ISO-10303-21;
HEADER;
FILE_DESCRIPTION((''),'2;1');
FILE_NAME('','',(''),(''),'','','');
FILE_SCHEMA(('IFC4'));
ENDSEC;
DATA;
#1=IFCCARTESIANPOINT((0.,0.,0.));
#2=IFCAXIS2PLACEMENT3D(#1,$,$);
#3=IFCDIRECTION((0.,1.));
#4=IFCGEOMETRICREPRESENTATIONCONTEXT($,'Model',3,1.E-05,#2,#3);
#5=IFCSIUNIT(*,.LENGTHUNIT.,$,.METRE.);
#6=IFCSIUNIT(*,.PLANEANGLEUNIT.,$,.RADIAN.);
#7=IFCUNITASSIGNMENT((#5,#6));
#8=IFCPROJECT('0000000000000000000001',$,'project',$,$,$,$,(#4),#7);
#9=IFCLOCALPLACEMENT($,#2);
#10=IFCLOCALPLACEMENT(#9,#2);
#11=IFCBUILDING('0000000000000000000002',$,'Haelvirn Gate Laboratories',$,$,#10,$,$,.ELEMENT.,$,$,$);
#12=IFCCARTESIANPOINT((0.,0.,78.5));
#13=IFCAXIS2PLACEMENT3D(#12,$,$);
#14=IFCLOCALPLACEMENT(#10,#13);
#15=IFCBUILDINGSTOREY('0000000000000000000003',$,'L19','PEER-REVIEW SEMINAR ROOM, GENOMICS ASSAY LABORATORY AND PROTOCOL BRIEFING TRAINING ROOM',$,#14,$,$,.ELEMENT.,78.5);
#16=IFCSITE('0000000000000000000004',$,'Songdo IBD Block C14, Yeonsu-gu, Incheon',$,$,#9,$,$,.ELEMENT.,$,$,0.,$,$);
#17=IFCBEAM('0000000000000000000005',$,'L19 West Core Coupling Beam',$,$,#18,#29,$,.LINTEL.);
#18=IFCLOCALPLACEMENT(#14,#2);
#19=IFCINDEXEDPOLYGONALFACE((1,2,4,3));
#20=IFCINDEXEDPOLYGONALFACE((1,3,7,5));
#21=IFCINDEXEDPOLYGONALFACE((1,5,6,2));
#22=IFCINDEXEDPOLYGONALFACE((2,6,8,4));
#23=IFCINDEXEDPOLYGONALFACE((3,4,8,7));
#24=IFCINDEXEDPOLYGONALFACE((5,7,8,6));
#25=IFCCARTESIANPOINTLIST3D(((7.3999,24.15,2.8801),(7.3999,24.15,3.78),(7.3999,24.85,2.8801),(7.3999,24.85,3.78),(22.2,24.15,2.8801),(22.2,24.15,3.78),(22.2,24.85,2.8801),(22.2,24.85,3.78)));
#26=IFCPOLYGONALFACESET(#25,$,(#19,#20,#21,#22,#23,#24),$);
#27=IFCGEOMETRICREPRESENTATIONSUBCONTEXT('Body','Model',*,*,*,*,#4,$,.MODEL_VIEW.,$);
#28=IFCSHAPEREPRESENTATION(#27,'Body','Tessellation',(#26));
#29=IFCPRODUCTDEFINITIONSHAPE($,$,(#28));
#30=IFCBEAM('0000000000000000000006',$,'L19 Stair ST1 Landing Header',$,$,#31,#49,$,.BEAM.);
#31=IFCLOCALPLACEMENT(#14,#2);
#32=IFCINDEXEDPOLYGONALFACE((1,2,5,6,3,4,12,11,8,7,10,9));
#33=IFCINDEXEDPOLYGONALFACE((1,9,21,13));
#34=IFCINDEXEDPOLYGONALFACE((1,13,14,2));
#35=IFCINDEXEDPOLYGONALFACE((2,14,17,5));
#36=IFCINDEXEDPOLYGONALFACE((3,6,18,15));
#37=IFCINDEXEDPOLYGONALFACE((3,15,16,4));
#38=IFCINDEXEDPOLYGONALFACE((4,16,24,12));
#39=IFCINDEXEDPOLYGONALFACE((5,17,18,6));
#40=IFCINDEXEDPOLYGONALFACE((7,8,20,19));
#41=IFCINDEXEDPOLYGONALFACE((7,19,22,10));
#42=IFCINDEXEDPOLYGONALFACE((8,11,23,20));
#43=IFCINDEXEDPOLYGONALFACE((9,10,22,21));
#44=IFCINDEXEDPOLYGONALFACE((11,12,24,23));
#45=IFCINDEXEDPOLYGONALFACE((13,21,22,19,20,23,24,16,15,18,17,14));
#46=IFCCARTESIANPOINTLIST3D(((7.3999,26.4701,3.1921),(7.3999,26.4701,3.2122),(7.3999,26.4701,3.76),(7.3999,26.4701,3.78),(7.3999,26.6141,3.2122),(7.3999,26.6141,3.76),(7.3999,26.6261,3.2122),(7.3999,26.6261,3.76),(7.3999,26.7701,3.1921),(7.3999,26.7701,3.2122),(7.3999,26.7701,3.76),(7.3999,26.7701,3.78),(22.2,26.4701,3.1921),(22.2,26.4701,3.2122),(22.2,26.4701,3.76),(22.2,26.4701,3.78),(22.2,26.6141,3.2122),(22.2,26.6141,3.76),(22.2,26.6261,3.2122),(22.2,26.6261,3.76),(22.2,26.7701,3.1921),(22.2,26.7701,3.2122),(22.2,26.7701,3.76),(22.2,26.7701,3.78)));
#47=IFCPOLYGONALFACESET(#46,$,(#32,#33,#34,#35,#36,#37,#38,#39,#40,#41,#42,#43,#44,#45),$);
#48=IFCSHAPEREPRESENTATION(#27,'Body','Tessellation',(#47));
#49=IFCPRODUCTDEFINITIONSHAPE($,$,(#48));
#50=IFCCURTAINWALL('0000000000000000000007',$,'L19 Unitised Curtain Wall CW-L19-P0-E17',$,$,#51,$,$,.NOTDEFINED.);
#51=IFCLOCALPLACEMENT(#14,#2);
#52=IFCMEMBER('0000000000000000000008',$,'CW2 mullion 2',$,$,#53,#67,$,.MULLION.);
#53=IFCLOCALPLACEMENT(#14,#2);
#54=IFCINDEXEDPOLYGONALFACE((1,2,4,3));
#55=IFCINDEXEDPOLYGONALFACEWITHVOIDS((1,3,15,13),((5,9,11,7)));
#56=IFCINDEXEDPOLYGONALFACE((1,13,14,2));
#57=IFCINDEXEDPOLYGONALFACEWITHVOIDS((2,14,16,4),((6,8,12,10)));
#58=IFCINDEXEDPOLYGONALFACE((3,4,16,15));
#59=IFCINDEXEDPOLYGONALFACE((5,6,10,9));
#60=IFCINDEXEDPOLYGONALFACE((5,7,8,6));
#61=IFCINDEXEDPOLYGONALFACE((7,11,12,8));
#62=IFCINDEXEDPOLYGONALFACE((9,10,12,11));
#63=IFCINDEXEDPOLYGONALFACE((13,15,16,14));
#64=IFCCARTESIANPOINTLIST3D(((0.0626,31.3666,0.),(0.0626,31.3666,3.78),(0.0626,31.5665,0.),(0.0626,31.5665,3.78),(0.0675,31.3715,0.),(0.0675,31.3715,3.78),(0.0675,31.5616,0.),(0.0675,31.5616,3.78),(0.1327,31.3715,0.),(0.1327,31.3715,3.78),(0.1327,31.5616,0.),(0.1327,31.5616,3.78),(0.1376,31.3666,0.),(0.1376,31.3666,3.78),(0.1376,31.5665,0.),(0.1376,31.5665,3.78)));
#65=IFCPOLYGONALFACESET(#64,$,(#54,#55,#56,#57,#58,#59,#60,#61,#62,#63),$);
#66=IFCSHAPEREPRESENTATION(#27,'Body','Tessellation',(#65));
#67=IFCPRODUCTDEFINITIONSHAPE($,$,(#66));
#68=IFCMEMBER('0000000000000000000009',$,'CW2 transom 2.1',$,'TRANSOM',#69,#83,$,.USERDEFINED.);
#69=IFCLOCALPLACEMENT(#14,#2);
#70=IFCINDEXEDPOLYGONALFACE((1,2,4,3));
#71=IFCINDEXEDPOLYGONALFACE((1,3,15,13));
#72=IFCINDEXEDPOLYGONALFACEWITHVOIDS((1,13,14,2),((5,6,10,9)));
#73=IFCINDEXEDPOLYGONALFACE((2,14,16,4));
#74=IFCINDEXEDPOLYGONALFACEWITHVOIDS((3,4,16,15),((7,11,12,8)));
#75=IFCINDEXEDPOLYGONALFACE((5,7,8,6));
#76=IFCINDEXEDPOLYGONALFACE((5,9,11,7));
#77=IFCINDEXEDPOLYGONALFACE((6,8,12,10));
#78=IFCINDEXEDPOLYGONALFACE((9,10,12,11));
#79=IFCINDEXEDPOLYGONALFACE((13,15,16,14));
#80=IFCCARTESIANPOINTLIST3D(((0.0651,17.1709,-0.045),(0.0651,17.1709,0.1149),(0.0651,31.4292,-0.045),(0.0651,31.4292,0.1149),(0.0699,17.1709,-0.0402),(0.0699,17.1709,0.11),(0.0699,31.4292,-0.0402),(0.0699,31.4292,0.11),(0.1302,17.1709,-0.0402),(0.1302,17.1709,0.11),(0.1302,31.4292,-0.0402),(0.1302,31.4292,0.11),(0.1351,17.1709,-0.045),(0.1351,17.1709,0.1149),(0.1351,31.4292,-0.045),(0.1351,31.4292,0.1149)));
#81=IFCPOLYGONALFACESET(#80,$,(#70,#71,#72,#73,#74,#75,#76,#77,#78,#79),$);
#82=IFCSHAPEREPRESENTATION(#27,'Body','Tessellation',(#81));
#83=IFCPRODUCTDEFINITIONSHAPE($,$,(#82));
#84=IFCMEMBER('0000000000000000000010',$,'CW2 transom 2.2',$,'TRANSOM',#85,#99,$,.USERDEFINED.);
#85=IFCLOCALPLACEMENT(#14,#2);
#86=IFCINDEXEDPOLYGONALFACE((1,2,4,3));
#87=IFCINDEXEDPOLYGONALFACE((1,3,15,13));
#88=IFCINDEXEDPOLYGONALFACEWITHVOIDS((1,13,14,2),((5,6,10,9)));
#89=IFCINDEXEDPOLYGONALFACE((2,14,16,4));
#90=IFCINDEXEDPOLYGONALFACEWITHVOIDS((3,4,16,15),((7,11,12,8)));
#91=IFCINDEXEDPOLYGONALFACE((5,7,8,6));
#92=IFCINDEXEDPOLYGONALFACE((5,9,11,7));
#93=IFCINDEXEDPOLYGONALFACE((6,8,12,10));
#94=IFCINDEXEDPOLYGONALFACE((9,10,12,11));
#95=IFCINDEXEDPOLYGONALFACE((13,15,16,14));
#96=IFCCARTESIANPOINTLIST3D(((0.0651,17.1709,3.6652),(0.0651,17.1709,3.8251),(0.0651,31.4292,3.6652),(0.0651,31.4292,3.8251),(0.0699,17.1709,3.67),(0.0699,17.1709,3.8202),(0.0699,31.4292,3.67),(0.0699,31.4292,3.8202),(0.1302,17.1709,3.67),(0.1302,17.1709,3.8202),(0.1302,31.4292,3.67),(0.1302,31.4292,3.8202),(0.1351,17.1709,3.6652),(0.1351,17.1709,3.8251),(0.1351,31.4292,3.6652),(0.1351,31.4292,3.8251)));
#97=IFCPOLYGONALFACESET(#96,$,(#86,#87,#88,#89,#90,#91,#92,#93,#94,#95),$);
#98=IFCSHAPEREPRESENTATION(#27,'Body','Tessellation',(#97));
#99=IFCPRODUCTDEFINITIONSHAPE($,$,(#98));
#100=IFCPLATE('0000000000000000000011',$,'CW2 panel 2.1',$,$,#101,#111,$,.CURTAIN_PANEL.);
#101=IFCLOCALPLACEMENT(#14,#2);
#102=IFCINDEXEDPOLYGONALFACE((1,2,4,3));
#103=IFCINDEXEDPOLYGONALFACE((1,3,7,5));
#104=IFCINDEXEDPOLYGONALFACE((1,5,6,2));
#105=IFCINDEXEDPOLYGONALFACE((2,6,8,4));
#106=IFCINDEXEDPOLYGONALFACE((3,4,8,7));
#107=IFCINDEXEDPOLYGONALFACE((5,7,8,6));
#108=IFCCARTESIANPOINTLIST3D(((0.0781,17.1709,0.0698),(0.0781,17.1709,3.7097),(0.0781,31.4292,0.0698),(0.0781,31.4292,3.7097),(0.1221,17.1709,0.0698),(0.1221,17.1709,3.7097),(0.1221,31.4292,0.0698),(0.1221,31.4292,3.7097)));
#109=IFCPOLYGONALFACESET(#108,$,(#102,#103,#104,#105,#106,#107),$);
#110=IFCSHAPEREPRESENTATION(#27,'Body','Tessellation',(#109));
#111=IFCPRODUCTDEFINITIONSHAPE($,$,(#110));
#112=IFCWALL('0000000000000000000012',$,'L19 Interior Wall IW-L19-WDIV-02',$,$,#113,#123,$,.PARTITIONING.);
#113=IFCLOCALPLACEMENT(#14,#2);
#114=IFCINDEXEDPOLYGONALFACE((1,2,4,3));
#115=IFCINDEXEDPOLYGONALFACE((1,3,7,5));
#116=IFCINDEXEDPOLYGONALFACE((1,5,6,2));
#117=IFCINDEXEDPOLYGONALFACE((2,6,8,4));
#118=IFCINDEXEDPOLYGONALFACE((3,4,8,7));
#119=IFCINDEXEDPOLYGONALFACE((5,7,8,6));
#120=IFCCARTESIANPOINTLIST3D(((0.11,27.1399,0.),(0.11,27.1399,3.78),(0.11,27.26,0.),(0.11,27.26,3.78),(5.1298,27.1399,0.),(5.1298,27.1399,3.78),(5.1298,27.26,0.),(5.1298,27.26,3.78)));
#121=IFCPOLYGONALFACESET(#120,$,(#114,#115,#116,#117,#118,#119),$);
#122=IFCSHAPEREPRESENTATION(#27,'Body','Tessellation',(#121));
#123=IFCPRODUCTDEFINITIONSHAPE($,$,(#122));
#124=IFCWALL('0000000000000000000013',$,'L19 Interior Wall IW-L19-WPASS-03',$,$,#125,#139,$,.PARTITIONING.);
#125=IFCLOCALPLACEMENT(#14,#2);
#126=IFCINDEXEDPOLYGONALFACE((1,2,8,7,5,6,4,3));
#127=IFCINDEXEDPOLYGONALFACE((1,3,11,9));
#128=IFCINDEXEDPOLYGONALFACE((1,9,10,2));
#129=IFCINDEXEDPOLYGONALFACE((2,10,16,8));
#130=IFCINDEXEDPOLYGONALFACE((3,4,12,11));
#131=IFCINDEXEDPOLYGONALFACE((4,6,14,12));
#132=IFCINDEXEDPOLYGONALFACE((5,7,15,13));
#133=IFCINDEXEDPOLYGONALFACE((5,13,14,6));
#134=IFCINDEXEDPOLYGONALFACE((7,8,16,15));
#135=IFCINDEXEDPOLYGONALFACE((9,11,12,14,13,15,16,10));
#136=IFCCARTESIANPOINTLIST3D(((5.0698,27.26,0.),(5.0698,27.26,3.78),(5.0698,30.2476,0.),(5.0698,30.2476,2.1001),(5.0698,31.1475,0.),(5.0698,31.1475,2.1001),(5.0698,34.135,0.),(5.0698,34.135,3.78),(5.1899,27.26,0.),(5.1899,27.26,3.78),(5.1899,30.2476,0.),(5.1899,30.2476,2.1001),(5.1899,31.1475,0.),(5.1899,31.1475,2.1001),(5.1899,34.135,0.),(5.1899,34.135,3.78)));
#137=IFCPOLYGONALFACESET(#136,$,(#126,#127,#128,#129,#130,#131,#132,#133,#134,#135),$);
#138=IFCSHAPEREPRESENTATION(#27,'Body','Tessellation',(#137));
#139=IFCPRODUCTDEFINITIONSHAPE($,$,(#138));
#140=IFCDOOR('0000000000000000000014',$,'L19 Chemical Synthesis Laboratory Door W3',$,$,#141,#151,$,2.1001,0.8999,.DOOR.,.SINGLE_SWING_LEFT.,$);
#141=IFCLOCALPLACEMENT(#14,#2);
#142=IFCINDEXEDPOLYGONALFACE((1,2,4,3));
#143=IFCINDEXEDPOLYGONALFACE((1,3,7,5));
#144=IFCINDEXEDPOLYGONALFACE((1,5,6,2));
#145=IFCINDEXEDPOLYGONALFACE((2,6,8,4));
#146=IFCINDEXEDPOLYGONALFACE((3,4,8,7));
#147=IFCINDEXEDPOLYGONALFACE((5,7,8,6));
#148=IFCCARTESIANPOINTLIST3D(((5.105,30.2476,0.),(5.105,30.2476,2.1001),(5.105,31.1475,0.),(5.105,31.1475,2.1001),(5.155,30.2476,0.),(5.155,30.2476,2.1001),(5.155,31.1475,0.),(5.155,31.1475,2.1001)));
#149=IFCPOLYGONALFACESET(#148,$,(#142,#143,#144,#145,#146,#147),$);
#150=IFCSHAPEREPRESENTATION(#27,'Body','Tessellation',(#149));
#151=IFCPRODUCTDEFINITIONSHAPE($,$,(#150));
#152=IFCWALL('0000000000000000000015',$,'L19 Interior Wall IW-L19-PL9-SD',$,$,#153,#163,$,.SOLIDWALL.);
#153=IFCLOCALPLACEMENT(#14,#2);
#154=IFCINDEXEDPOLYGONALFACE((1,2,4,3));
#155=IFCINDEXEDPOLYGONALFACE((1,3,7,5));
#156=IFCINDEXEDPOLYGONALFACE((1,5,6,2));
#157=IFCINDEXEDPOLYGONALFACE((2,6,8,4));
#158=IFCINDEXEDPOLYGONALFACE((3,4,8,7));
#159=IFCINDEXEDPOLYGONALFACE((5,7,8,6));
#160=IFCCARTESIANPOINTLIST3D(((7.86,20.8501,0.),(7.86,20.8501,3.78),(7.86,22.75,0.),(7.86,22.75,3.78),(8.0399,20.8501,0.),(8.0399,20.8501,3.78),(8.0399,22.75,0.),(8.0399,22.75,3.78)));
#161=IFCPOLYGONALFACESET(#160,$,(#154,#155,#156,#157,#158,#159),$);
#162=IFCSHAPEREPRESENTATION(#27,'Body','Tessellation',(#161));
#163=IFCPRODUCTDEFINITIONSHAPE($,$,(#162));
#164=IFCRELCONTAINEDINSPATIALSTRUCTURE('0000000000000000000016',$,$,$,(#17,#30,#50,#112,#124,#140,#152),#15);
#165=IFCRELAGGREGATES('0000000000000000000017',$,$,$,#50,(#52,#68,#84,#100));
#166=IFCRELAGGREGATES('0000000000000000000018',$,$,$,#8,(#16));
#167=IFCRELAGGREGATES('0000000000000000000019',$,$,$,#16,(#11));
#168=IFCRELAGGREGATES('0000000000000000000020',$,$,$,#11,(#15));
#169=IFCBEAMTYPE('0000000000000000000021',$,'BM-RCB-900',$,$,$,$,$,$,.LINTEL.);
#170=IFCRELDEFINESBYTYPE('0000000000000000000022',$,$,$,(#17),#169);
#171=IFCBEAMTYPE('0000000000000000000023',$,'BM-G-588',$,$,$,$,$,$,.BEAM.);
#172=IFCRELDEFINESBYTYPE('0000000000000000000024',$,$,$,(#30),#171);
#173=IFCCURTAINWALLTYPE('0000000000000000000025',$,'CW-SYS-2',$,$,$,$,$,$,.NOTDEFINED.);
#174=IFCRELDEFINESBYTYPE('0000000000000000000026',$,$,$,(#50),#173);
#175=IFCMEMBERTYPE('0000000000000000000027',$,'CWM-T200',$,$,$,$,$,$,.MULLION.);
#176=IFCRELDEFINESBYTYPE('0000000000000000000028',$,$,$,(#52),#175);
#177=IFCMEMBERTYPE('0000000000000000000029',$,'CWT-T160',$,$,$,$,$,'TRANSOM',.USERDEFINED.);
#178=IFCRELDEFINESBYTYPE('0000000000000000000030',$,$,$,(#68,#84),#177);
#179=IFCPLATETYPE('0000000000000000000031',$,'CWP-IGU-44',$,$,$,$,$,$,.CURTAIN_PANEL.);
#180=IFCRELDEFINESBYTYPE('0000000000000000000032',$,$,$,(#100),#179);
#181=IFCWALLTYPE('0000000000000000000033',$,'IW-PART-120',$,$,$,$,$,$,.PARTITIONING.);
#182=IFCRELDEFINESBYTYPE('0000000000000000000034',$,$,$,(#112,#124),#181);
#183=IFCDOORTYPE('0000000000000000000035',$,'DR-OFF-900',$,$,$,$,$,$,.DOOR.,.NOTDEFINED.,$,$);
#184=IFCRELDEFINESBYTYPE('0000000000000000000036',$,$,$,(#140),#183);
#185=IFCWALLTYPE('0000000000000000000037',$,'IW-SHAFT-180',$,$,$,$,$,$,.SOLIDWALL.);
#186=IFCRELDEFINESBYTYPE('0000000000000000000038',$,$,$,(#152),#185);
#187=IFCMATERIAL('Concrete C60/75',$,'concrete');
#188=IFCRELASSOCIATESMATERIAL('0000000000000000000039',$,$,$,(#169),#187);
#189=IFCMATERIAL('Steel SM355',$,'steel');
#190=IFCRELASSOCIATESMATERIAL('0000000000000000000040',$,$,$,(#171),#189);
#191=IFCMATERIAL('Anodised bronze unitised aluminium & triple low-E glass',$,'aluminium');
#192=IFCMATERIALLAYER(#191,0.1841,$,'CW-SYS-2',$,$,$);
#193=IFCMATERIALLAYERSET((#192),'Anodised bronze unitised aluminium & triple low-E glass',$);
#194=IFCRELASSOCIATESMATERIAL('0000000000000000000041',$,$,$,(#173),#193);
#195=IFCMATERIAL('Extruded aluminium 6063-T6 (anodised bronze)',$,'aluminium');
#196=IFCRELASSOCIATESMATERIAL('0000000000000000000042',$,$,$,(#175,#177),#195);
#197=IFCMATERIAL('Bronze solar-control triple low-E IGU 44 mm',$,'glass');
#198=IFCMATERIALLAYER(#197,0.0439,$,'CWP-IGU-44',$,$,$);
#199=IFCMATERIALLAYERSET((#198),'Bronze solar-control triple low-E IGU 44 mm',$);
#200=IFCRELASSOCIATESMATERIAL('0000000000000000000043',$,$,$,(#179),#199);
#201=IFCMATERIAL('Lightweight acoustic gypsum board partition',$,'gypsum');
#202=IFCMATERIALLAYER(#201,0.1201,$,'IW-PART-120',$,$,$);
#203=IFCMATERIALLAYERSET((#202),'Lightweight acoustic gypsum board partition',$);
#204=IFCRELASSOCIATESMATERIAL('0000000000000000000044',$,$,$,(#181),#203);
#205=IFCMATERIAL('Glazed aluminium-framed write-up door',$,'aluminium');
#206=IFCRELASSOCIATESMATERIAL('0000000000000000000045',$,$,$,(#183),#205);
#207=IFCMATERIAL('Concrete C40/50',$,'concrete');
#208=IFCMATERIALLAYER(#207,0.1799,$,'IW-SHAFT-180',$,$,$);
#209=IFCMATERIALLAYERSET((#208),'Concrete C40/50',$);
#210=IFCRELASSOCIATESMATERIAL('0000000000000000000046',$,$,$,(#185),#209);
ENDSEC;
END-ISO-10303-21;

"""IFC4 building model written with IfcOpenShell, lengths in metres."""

from ifc_helpers import new_model, si_unit, direction, frame, frame_2d, origin, origin_2d, place, context, subcontext, project, spatial, rectangle, hollow_rectangle, i_section, extrude, source, transform, mapped, material, layer, layer_set, material_profile, profile_set, type_object, type_shapes, element, fill, aggregate, save


model = new_model("IFC4")

# Units and contexts
model_context = context("Model", 3, precision=1e-05, world=origin(), true_north=direction((0.0, 1.0)))
body_context = subcontext(model_context, "Body", "Model", "MODEL_VIEW")
ifc_project = project(units=[si_unit("LENGTHUNIT", "METRE"), si_unit("PLANEANGLEUNIT", "RADIAN")], contexts=[model_context])

# Site, building, storey
site_placement = place(None, origin())
site = spatial("IfcSite", under=ifc_project, at=site_placement, Name="Songdo IBD Block C14, Yeonsu-gu, Incheon", CompositionType="ELEMENT", RefElevation=0.0)
building_placement = place(site_placement, origin())
building = spatial("IfcBuilding", under=site, at=building_placement, Name="Haelvirn Gate Laboratories", CompositionType="ELEMENT")
storey_placement = place(building_placement, frame((0.0, 0.0, 78.5)))
storey = spatial("IfcBuildingStorey", under=building, at=storey_placement, Name="L19", Description="PEER-REVIEW SEMINAR ROOM, GENOMICS ASSAY LABORATORY AND PROTOCOL BRIEFING TRAINING ROOM", CompositionType="ELEMENT", Elevation=78.5)

# Beams
ifc_material_1 = material(Name="Concrete C60/75", Category="concrete")
ifc_material_profile_1 = material_profile(ifc_material_1, rectangle(XDim=0.7, YDim=0.8999, at=origin_2d()), Name="RCB-700x900")
ifc_profile_set_1 = profile_set([ifc_material_profile_1], Name="Concrete C60/75")
beam_type_1 = type_object("IfcBeamType", Name="BM-RCB-900", PredefinedType="LINTEL", material=ifc_profile_set_1)
shared_shape_1 = source(origin(), body_context, "Body", "SweptSolid", [
    extrude(rectangle(XDim=0.7, YDim=0.8999, at=origin_2d()), origin(), (0.0, 0.0, 1.0), 14.8),
])
type_shapes(beam_type_1, [shared_shape_1])
beam_1_placement = place(storey_placement, frame((7.3999, 24.5, 3.3301), z_axis=(1.0, 0.0, 0.0), x_axis=(0.0, 1.0, 0.0)))
element("IfcBeam", 1, at=beam_1_placement, inside=storey, type_object=beam_type_1, Name="L19 West Core Coupling Beam", PredefinedType="LINTEL", context=body_context, shape_type="MappedRepresentation", body=[
    mapped(shared_shape_1, transform((0.0, 0.0, 0.0), scale=1.0)),
])
ifc_material_2 = material(Name="Steel SM355", Category="steel")
ifc_material_profile_2 = material_profile(ifc_material_2, i_section(OverallWidth=0.3, OverallDepth=0.5879, WebThickness=0.012, FlangeThickness=0.02, at=origin_2d()), Name="H-588x300x12x20")
ifc_profile_set_2 = profile_set([ifc_material_profile_2], Name="Steel SM355")
beam_type_2 = type_object("IfcBeamType", Name="BM-G-588", PredefinedType="BEAM", material=ifc_profile_set_2)
shared_shape_2 = source(origin(), body_context, "Body", "SweptSolid", [
    extrude(i_section(OverallWidth=0.3, OverallDepth=0.5879, WebThickness=0.012, FlangeThickness=0.02, at=origin_2d()), origin(), (0.0, 0.0, 1.0), 14.8),
])
type_shapes(beam_type_2, [shared_shape_2])
beam_2_placement = place(storey_placement, frame((7.3999, 26.6201, 3.4861), z_axis=(1.0, 0.0, 0.0), x_axis=(0.0, 1.0, 0.0)))
element("IfcBeam", 2, at=beam_2_placement, inside=storey, type_object=beam_type_2, Name="L19 Stair ST1 Landing Header", PredefinedType="BEAM", context=body_context, shape_type="MappedRepresentation", body=[
    mapped(shared_shape_2, transform((0.0, 0.0, 0.0), scale=1.0)),
])

# Curtain wall, members, plate
ifc_material_3 = material(Name="Anodised bronze unitised aluminium & triple low-E glass", Category="aluminium")
ifc_layer_1 = layer(ifc_material_3, 0.1841, Name="CW-SYS-2")
ifc_layer_set_1 = layer_set([ifc_layer_1], Name="Anodised bronze unitised aluminium & triple low-E glass")
curtain_wall_type = type_object("IfcCurtainWallType", Name="CW-SYS-2", PredefinedType="NOTDEFINED", material=ifc_layer_set_1)
curtain_wall_placement = place(storey_placement, origin())
curtain_wall = element("IfcCurtainWall", 3, at=curtain_wall_placement, inside=storey, type_object=curtain_wall_type, Name="L19 Unitised Curtain Wall CW-L19-P0-E17", PredefinedType="NOTDEFINED")
ifc_material_4 = material(Name="Extruded aluminium 6063-T6 (anodised bronze)", Category="aluminium")
ifc_material_profile_3 = material_profile(ifc_material_4, hollow_rectangle(XDim=0.075, YDim=0.2, WallThickness=0.0049, at=origin_2d()), Name="CWM-200x75x5")
ifc_profile_set_3 = profile_set([ifc_material_profile_3], Name="Extruded aluminium 6063-T6 (anodised bronze)")
member_type_1 = type_object("IfcMemberType", Name="CWM-T200", PredefinedType="MULLION", material=ifc_profile_set_3)
shared_shape_3 = source(origin(), body_context, "Body", "SweptSolid", [
    extrude(hollow_rectangle(XDim=0.075, YDim=0.2, WallThickness=0.0049, at=origin_2d()), origin(), (0.0, 0.0, 1.0), 3.78),
])
type_shapes(member_type_1, [shared_shape_3])
member_1_placement = place(storey_placement, frame((0.1001, 31.4666, 0.0), z_axis=(0.0, 0.0, 1.0), x_axis=(1.0, 0.0, 0.0)))
member_1 = element("IfcMember", 4, at=member_1_placement, type_object=member_type_1, Name="CW2 mullion 2", PredefinedType="MULLION", context=body_context, shape_type="MappedRepresentation", body=[
    mapped(shared_shape_3, transform((0.0, 0.0, 0.0), scale=1.0)),
])
ifc_material_profile_4 = material_profile(ifc_material_4, hollow_rectangle(XDim=0.0701, YDim=0.1599, WallThickness=0.0049, at=origin_2d()), Name="CWT-160x70x5")
ifc_profile_set_4 = profile_set([ifc_material_profile_4], Name="Extruded aluminium 6063-T6 (anodised bronze)")
member_type_2 = type_object("IfcMemberType", Name="CWT-T160", ElementType="TRANSOM", PredefinedType="USERDEFINED", material=ifc_profile_set_4)
shared_shape_4 = source(origin(), body_context, "Body", "SweptSolid", [
    extrude(hollow_rectangle(XDim=0.0701, YDim=0.1599, WallThickness=0.0049, at=origin_2d()), origin(), (0.0, 0.0, 1.0), 14.2583),
])
type_shapes(member_type_2, [shared_shape_4])
member_2_placement = place(storey_placement, frame((0.1001, 31.4292, 0.0349), z_axis=(0.0, -1.0, 0.0), x_axis=(1.0, 0.0, 0.0)))
member_2 = element("IfcMember", 5, at=member_2_placement, type_object=member_type_2, Name="CW2 transom 2.1", ObjectType="TRANSOM", PredefinedType="USERDEFINED", context=body_context, shape_type="MappedRepresentation", body=[
    mapped(shared_shape_4, transform((0.0, 0.0, 0.0), scale=1.0)),
])
member_3_placement = place(storey_placement, frame((0.1001, 31.4292, 3.7451), z_axis=(0.0, -1.0, 0.0), x_axis=(1.0, 0.0, 0.0)))
member_3 = element("IfcMember", 6, at=member_3_placement, type_object=member_type_2, Name="CW2 transom 2.2", ObjectType="TRANSOM", PredefinedType="USERDEFINED", context=body_context, shape_type="MappedRepresentation", body=[
    mapped(shared_shape_4, transform((0.0, 0.0, 0.0), scale=1.0)),
])
ifc_material_5 = material(Name="Bronze solar-control triple low-E IGU 44 mm", Category="glass")
ifc_layer_2 = layer(ifc_material_5, 0.0439, Name="CWP-IGU-44")
ifc_layer_set_2 = layer_set([ifc_layer_2], Name="Bronze solar-control triple low-E IGU 44 mm")
plate_type = type_object("IfcPlateType", Name="CWP-IGU-44", PredefinedType="CURTAIN_PANEL", material=ifc_layer_set_2)
shared_shape_5 = source(origin(), body_context, "Body", "SweptSolid", [
    extrude(rectangle(XDim=14.2583, YDim=0.0439, at=origin_2d()), origin(), (0.0, 0.0, 1.0), 3.6399),
])
type_shapes(plate_type, [shared_shape_5])
plate_placement = place(storey_placement, frame((0.1001, 24.3, 0.0698), z_axis=(0.0, 0.0, 1.0), x_axis=(0.0, -1.0, 0.0)))
plate = element("IfcPlate", 7, at=plate_placement, type_object=plate_type, Name="CW2 panel 2.1", PredefinedType="CURTAIN_PANEL", context=body_context, shape_type="MappedRepresentation", body=[
    mapped(shared_shape_5, transform((0.0, 0.0, 0.0), scale=1.0)),
])
aggregate(curtain_wall, [member_1, member_2, member_3, plate])

# Wall
ifc_material_6 = material(Name="Lightweight acoustic gypsum board partition", Category="gypsum")
ifc_layer_3 = layer(ifc_material_6, 0.1201, Name="IW-PART-120")
ifc_layer_set_3 = layer_set([ifc_layer_3], Name="Lightweight acoustic gypsum board partition")
wall_type_1 = type_object("IfcWallType", Name="IW-PART-120", PredefinedType="PARTITIONING", material=ifc_layer_set_3)
wall_1_placement = place(storey_placement, frame((0.1101, 27.2, 0.0), z_axis=(0.0, 0.0, 1.0), x_axis=(1.0, 0.0, 0.0)))
element("IfcWall", 8, at=wall_1_placement, inside=storey, type_object=wall_type_1, Name="L19 Interior Wall IW-L19-WDIV-02", PredefinedType="PARTITIONING", context=body_context, shape_type="SweptSolid", body=[
    extrude(rectangle(XDim=5.0198, YDim=0.1201, at=frame_2d((2.5098, 0.0))), origin(), (0.0, 0.0, 1.0), 3.78),
])

# Wall, opening, door
wall_2_placement = place(storey_placement, frame((5.1299, 27.26, 0.0), z_axis=(0.0, 0.0, 1.0), x_axis=(0.0, 1.0, 0.0)))
wall_2 = element("IfcWall", 9, at=wall_2_placement, inside=storey, type_object=wall_type_1, Name="L19 Interior Wall IW-L19-WPASS-03", PredefinedType="PARTITIONING", context=body_context, shape_type="SweptSolid", body=[
    extrude(rectangle(XDim=6.875, YDim=0.1201, at=frame_2d((3.4375, 0.0))), origin(), (0.0, 0.0, 1.0), 3.78),
])
opening_placement = place(wall_2_placement, frame((2.9875, 0.0, 0.0)))
opening = element("IfcOpeningElement", 10, at=opening_placement, cuts=wall_2, PredefinedType="OPENING", context=body_context, shape_type="SweptSolid", body=[
    extrude(rectangle(XDim=0.8999, YDim=2.1001, at=frame_2d((0.45, 1.05))), frame((0.0, 0.0701, 0.0), z_axis=(0.0, -1.0, 0.0), x_axis=(1.0, 0.0, 0.0)), (0.0, 0.0, 1.0), 0.1401),
])
ifc_material_7 = material(Name="Glazed aluminium-framed write-up door", Category="aluminium")
door_type = type_object("IfcDoorType", Name="DR-OFF-900", OperationType="NOTDEFINED", PredefinedType="DOOR", material=ifc_material_7)
shared_shape_6 = source(origin(), body_context, "Body", "SweptSolid", [
    extrude(rectangle(XDim=0.8999, YDim=2.1001, at=frame_2d((0.45, 1.05))), frame((0.0, 0.0249, 0.0), z_axis=(0.0, -1.0, 0.0), x_axis=(1.0, 0.0, 0.0)), (0.0, 0.0, 1.0), 0.05),
])
type_shapes(door_type, [shared_shape_6])
door_placement = place(opening_placement, origin())
door = element("IfcDoor", 11, at=door_placement, inside=storey, type_object=door_type, Name="L19 Chemical Synthesis Laboratory Door W3", OperationType="SINGLE_SWING_LEFT", OverallHeight=2.1001, OverallWidth=0.8999, PredefinedType="DOOR", context=body_context, shape_type="MappedRepresentation", body=[
    mapped(shared_shape_6, transform((0.0, 0.0, 0.0), scale=1.0)),
])
fill(opening, door)

# Wall
ifc_material_8 = material(Name="Concrete C40/50", Category="concrete")
ifc_layer_4 = layer(ifc_material_8, 0.1799, Name="IW-SHAFT-180")
ifc_layer_set_4 = layer_set([ifc_layer_4], Name="Concrete C40/50")
wall_type_2 = type_object("IfcWallType", Name="IW-SHAFT-180", PredefinedType="SOLIDWALL", material=ifc_layer_set_4)
wall_3_placement = place(storey_placement, frame((7.95, 20.8501, 0.0), z_axis=(0.0, 0.0, 1.0), x_axis=(0.0, 1.0, 0.0)))
element("IfcWall", 12, at=wall_3_placement, inside=storey, type_object=wall_type_2, Name="L19 Interior Wall IW-L19-PL9-SD", PredefinedType="SOLIDWALL", context=body_context, shape_type="SweptSolid", body=[
    extrude(rectangle(XDim=1.8999, YDim=0.1799, at=frame_2d((0.95, 0.0))), origin(), (0.0, 0.0, 1.0), 3.78),
])

save(model, "model.ifc")
